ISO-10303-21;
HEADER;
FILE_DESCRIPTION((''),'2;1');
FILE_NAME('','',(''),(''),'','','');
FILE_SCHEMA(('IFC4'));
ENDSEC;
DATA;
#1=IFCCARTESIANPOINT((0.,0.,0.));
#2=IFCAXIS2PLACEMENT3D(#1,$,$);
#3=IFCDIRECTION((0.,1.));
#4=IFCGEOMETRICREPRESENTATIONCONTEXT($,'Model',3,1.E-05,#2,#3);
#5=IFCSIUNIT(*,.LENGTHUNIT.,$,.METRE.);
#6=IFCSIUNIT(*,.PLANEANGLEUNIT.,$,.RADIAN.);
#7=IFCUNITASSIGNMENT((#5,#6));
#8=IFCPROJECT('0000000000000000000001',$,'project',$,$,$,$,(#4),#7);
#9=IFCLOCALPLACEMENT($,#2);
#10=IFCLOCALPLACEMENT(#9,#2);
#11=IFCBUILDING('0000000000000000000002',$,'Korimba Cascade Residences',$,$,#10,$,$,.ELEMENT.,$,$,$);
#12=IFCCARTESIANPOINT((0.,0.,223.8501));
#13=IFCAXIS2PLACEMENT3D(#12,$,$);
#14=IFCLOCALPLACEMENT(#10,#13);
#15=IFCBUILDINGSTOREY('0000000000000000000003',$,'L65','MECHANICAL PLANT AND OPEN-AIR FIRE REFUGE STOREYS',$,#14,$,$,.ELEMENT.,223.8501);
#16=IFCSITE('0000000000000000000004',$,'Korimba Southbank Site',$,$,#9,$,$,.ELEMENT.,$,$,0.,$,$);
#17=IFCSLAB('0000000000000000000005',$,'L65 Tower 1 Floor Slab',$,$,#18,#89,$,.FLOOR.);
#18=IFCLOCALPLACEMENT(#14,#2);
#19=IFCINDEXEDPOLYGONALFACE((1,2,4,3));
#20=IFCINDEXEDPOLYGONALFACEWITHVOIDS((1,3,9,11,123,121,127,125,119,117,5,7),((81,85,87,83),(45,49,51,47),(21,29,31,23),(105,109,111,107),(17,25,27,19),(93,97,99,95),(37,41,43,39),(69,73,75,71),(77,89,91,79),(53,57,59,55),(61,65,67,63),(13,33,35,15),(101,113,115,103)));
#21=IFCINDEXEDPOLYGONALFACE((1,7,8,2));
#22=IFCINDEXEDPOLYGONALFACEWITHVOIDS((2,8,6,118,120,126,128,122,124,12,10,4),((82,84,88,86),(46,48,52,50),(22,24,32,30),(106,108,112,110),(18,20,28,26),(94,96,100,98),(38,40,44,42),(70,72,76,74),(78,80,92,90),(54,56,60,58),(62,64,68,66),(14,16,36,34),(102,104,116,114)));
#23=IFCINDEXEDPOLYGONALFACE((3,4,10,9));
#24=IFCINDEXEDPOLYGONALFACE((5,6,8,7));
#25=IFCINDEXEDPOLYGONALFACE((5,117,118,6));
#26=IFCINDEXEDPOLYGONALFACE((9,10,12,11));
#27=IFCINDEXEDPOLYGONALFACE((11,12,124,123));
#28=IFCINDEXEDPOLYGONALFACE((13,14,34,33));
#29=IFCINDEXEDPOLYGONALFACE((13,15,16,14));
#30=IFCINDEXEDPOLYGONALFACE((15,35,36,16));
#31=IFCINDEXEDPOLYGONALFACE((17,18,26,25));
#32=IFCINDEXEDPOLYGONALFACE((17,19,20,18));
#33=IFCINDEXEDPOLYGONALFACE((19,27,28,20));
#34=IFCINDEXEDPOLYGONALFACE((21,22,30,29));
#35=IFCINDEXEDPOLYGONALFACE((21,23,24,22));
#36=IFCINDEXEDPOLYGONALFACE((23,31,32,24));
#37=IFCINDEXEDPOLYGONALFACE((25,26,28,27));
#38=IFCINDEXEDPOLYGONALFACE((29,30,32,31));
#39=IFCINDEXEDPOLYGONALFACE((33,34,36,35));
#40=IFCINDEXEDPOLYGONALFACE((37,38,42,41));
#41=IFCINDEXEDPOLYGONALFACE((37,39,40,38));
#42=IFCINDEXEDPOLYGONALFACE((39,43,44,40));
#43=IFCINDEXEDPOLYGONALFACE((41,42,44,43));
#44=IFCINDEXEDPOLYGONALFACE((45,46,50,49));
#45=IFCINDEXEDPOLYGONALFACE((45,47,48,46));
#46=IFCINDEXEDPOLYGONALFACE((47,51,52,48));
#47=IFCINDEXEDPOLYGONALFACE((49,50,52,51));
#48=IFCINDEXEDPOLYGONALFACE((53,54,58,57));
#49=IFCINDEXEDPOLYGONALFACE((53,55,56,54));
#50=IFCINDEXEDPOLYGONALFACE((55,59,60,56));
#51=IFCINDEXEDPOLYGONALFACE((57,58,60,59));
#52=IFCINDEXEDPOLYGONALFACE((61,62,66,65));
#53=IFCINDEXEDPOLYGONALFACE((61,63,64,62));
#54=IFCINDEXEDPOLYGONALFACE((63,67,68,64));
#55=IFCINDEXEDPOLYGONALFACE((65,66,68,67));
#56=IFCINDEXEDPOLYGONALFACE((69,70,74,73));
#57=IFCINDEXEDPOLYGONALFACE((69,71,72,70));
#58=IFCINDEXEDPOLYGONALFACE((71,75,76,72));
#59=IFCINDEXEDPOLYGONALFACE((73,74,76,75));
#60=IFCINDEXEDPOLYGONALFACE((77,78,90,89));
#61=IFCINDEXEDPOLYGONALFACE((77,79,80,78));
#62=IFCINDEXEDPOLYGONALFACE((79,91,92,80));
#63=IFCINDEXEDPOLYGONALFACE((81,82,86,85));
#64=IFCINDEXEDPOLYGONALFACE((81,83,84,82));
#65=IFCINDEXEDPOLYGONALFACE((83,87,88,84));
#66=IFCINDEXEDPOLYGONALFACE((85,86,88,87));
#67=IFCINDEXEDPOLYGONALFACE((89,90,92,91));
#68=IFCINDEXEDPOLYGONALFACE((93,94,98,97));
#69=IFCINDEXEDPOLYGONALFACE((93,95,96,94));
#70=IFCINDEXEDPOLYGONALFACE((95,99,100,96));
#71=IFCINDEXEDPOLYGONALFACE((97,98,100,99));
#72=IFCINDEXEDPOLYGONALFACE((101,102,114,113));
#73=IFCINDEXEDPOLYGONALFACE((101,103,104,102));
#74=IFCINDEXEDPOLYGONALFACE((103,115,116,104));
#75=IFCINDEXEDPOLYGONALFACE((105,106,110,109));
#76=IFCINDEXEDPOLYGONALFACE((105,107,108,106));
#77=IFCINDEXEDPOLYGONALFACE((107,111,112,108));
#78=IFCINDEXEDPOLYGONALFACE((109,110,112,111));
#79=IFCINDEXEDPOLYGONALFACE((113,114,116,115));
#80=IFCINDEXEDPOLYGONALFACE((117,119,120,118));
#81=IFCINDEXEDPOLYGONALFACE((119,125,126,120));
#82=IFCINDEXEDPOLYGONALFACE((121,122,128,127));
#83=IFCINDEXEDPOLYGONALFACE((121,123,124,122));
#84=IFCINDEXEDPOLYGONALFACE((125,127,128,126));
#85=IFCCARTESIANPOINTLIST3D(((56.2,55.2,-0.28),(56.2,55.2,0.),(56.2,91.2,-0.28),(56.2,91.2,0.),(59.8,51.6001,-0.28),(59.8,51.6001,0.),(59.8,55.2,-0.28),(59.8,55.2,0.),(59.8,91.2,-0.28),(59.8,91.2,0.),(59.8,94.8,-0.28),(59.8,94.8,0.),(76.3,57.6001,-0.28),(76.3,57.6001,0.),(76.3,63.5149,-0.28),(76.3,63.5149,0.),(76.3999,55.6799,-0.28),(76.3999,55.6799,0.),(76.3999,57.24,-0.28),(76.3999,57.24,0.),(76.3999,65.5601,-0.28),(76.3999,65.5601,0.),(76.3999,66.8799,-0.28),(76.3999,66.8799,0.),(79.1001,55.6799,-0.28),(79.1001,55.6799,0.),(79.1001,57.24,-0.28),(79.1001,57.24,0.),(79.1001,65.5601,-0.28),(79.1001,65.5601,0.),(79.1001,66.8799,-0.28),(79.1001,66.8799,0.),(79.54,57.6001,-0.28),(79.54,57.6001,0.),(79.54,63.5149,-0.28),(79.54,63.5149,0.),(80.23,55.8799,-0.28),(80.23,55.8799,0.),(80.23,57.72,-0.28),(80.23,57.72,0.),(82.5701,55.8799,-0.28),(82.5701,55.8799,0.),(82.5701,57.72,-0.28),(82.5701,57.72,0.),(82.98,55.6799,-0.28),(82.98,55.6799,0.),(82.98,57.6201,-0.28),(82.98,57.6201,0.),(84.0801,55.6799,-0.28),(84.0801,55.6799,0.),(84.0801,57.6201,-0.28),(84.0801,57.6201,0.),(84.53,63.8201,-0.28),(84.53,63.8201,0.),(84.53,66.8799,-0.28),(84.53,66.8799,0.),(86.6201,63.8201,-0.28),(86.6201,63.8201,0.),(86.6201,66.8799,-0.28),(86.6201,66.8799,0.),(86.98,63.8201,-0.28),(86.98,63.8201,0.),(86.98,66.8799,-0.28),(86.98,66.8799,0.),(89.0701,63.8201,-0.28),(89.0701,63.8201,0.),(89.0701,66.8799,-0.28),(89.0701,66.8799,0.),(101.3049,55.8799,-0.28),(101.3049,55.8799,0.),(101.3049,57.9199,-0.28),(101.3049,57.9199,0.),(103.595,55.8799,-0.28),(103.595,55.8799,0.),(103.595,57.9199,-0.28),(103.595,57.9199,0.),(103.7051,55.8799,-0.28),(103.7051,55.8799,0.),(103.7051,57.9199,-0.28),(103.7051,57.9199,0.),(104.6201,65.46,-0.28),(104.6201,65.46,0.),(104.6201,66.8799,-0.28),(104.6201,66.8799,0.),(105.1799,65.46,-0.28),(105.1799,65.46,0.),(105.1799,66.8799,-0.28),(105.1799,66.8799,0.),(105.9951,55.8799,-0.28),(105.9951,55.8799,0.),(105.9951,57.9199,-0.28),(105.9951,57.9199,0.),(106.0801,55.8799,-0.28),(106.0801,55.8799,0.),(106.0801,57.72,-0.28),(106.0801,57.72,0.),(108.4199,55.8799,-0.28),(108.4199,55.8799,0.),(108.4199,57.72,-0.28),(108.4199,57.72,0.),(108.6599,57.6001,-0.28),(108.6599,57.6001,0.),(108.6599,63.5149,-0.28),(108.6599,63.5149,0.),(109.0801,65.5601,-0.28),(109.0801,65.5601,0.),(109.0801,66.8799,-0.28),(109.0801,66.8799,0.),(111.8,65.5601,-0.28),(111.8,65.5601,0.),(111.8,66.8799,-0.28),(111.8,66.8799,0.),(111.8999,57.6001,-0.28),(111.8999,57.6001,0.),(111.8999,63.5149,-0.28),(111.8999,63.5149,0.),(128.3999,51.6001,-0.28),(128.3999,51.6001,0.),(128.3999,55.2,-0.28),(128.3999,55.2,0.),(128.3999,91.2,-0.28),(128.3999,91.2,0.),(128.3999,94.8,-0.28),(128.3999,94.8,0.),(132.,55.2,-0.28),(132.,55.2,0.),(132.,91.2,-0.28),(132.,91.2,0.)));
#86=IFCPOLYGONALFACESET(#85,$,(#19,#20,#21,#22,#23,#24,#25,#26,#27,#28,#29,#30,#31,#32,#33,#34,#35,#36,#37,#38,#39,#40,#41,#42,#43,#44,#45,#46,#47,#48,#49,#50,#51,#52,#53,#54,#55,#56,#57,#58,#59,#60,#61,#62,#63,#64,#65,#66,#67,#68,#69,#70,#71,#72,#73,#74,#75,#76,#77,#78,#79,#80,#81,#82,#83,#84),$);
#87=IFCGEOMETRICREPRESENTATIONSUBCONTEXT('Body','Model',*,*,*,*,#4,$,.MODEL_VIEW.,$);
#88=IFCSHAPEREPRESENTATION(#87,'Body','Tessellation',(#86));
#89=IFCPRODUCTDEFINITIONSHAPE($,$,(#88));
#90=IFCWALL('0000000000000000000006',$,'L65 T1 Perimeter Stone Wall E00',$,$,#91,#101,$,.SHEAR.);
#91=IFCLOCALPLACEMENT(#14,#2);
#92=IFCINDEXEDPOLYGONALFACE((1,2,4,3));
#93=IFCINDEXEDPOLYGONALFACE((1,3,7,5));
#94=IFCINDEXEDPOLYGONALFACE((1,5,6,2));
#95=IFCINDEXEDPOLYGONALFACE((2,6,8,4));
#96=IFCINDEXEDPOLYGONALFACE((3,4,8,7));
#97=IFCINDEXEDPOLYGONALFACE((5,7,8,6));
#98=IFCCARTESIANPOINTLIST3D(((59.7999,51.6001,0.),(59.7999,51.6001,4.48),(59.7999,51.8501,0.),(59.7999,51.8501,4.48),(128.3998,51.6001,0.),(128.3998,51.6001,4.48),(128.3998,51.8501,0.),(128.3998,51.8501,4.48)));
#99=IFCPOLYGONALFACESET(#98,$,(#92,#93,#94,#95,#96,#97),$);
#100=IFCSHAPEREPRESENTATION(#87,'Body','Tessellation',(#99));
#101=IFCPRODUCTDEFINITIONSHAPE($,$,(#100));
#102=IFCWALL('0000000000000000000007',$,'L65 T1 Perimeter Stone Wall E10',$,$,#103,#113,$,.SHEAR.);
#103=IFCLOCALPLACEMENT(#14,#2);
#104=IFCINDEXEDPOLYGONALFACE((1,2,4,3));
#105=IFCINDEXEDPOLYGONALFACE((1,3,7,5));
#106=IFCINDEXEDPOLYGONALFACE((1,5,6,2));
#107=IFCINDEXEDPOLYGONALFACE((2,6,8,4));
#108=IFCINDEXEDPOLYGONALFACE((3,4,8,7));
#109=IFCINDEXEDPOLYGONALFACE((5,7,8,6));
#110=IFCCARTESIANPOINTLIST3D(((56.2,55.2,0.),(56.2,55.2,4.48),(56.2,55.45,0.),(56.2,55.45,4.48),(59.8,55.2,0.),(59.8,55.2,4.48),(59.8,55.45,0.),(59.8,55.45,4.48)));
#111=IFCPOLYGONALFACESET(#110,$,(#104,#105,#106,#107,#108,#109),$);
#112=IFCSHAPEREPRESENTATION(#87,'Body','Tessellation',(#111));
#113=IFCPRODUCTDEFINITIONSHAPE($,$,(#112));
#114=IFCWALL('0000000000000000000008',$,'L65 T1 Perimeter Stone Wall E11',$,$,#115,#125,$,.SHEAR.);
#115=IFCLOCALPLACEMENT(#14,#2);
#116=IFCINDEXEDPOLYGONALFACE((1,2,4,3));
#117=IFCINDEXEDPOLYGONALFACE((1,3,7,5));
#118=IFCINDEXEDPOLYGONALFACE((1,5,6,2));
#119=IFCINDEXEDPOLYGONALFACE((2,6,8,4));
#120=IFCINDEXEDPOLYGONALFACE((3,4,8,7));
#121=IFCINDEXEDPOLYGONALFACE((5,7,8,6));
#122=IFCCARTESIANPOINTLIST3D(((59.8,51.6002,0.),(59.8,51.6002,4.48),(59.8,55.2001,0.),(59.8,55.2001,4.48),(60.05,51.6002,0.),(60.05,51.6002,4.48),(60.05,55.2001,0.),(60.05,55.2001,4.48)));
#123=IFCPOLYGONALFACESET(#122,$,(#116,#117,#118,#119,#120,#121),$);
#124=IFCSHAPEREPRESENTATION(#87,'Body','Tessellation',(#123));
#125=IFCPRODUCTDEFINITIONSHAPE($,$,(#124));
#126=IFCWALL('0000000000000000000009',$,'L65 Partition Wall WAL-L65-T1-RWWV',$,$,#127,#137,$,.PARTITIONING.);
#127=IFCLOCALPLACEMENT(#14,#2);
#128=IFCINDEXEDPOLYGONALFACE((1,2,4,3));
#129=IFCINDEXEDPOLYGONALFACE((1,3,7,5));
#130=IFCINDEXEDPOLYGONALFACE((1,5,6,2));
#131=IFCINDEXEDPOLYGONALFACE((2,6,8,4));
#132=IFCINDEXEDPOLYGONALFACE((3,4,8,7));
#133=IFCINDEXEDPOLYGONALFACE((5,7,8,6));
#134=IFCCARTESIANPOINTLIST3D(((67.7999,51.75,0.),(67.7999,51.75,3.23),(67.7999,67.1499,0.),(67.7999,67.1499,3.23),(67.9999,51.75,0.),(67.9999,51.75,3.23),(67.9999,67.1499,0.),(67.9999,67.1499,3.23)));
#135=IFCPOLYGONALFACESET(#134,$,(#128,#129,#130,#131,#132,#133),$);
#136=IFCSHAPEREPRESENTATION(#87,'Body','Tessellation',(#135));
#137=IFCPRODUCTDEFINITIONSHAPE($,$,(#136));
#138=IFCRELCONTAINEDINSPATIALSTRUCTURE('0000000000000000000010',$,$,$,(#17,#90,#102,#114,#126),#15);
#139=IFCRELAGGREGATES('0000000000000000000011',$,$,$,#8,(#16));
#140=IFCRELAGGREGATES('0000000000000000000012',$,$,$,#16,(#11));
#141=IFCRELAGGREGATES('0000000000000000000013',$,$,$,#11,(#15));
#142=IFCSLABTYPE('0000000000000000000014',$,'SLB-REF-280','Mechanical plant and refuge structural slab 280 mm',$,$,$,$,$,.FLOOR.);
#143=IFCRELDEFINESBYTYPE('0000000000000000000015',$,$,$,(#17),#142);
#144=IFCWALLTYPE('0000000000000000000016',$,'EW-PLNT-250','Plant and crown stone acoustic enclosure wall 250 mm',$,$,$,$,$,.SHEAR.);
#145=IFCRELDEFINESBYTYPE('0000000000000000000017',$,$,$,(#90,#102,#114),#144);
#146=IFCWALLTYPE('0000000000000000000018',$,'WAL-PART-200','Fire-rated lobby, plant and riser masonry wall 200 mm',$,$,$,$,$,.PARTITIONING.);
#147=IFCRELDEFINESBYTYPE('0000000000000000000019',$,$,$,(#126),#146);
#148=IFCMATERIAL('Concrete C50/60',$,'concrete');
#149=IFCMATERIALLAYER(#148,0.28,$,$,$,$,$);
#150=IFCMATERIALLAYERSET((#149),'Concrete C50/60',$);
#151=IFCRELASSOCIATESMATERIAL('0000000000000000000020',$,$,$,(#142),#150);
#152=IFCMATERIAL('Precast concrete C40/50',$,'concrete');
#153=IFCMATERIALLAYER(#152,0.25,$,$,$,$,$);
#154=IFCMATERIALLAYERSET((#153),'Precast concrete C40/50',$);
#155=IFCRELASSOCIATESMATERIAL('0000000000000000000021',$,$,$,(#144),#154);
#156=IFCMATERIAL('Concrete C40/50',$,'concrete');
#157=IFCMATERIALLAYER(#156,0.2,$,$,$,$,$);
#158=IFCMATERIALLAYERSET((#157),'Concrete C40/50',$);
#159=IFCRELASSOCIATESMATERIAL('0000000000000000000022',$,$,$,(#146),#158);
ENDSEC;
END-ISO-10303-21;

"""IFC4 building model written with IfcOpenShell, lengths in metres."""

from ifc_helpers import new_model, si_unit, direction, frame, frame_2d, origin, place, context, subcontext, project, spatial, polyline, rectangle, outline, extrude, material, layer, layer_set, type_object, element, save


model = new_model("IFC4")

# Units and contexts
model_context = context("Model", 3, precision=1e-05, world=origin(), true_north=direction((0.0, 1.0)))
body_context = subcontext(model_context, "Body", "Model", "MODEL_VIEW")
ifc_project = project(units=[si_unit("LENGTHUNIT", "METRE"), si_unit("PLANEANGLEUNIT", "RADIAN")], contexts=[model_context])

# Site, building, storey
site_placement = place(None, origin())
site = spatial("IfcSite", under=ifc_project, at=site_placement, Name="Korimba Southbank Site", CompositionType="ELEMENT", RefElevation=0.0)
building_placement = place(site_placement, origin())
building = spatial("IfcBuilding", under=site, at=building_placement, Name="Korimba Cascade Residences", CompositionType="ELEMENT")
storey_placement = place(building_placement, frame((0.0, 0.0, 223.8501)))
storey = spatial("IfcBuildingStorey", under=building, at=storey_placement, Name="L65", Description="MECHANICAL PLANT AND OPEN-AIR FIRE REFUGE STOREYS", CompositionType="ELEMENT", Elevation=223.8501)

# Shared definitions
ifc_material_1 = material(Name="Concrete C50/60", Category="concrete")

# Slab
ifc_layer_1 = layer(ifc_material_1, 0.28)
ifc_layer_set_1 = layer_set([ifc_layer_1], Name="Concrete C50/60")
slab_type_1 = type_object("IfcSlabType", Name="SLB-REF-280", Description="Mechanical plant and refuge structural slab 280 mm", PredefinedType="FLOOR", material=ifc_layer_set_1)
slab_1_placement = place(storey_placement, frame((0.0, 0.0, -0.28)))
element("IfcSlab", 1, at=slab_1_placement, inside=storey, type_object=slab_type_1, Name="L65 Tower 1 Floor Slab", PredefinedType="FLOOR", context=body_context, shape_type="SweptSolid", body=[
    extrude(outline(polyline([(59.8, 51.6001), (128.3999, 51.6001), (128.3999, 55.2), (132.0, 55.2), (132.0, 91.2), (128.3999, 91.2), (128.3999, 94.8), (59.8, 94.8), (59.8, 91.2), (56.2, 91.2), (56.2, 55.2), (59.8, 55.2), (59.8, 51.6001)]), holes=[polyline([(76.3, 63.5149), (76.3, 57.6001), (79.54, 57.6001), (79.54, 63.5149), (76.3, 63.5149)]), polyline([(108.6599, 63.5149), (108.6599, 57.6001), (111.8999, 57.6001), (111.8999, 63.5149), (108.6599, 63.5149)]), polyline([(80.23, 55.8799), (82.5701, 55.8799), (82.5701, 57.72), (80.23, 57.72), (80.23, 55.8799)]), polyline([(106.0801, 55.8799), (108.4199, 55.8799), (108.4199, 57.72), (106.0801, 57.72), (106.0801, 55.8799)]), polyline([(101.3049, 55.8799), (103.595, 55.8799), (103.595, 57.9199), (101.3049, 57.9199), (101.3049, 55.8799)]), polyline([(103.7051, 55.8799), (105.9951, 55.8799), (105.9951, 57.9199), (103.7051, 57.9199), (103.7051, 55.8799)]), polyline([(82.98, 55.6799), (84.0801, 55.6799), (84.0801, 57.6201), (82.98, 57.6201), (82.98, 55.6799)]), polyline([(76.3999, 65.5601), (79.1001, 65.5601), (79.1001, 66.8799), (76.3999, 66.8799), (76.3999, 65.5601)]), polyline([(76.3999, 55.6799), (79.1001, 55.6799), (79.1001, 57.24), (76.3999, 57.24), (76.3999, 55.6799)]), polyline([(84.53, 63.8201), (86.6201, 63.8201), (86.6201, 66.8799), (84.53, 66.8799), (84.53, 63.8201)]), polyline([(86.98, 63.8201), (89.0701, 63.8201), (89.0701, 66.8799), (86.98, 66.8799), (86.98, 63.8201)]), polyline([(104.6201, 65.46), (105.1799, 65.46), (105.1799, 66.8799), (104.6201, 66.8799), (104.6201, 65.46)]), polyline([(109.0801, 65.5601), (111.8, 65.5601), (111.8, 66.8799), (109.0801, 66.8799), (109.0801, 65.5601)])]), origin(), (0.0, 0.0, 1.0), 0.28),
])

# Walls
ifc_material_2 = material(Name="Precast concrete C40/50", Category="concrete")
ifc_layer_2 = layer(ifc_material_2, 0.25)
ifc_layer_set_2 = layer_set([ifc_layer_2], Name="Precast concrete C40/50")
wall_type_1 = type_object("IfcWallType", Name="EW-PLNT-250", Description="Plant and crown stone acoustic enclosure wall 250 mm", PredefinedType="SHEAR", material=ifc_layer_set_2)
wall_1_placement = place(storey_placement, frame((59.8, 51.7251, 0.0), z_axis=(0.0, 0.0, 1.0), x_axis=(1.0, 0.0, 0.0)))
element("IfcWall", 2, at=wall_1_placement, inside=storey, type_object=wall_type_1, Name="L65 T1 Perimeter Stone Wall E00", PredefinedType="SHEAR", context=body_context, shape_type="SweptSolid", body=[
    extrude(rectangle(XDim=68.5999, YDim=0.25, at=frame_2d((34.2998, 0.0))), origin(), (0.0, 0.0, 1.0), 4.48),
])
wall_2_placement = place(storey_placement, frame((56.2, 55.325, 0.0), z_axis=(0.0, 0.0, 1.0), x_axis=(1.0, 0.0, 0.0)))
element("IfcWall", 3, at=wall_2_placement, inside=storey, type_object=wall_type_1, Name="L65 T1 Perimeter Stone Wall E10", PredefinedType="SHEAR", context=body_context, shape_type="SweptSolid", body=[
    extrude(rectangle(XDim=3.6001, YDim=0.25, at=frame_2d((1.8, 0.0))), origin(), (0.0, 0.0, 1.0), 4.48),
])
wall_3_placement = place(storey_placement, frame((59.925, 55.2, 0.0), z_axis=(0.0, 0.0, 1.0), x_axis=(0.0, -1.0, 0.0)))
element("IfcWall", 4, at=wall_3_placement, inside=storey, type_object=wall_type_1, Name="L65 T1 Perimeter Stone Wall E11", PredefinedType="SHEAR", context=body_context, shape_type="SweptSolid", body=[
    extrude(rectangle(XDim=3.5999, YDim=0.25, at=frame_2d((1.7998, 0.0))), origin(), (0.0, 0.0, 1.0), 4.48),
])
ifc_material_3 = material(Name="Concrete C40/50", Category="concrete")
ifc_layer_3 = layer(ifc_material_3, 0.2)
ifc_layer_set_3 = layer_set([ifc_layer_3], Name="Concrete C40/50")
wall_type_2 = type_object("IfcWallType", Name="WAL-PART-200", Description="Fire-rated lobby, plant and riser masonry wall 200 mm", PredefinedType="PARTITIONING", material=ifc_layer_set_3)
wall_4_placement = place(storey_placement, frame((67.8999, 51.75, 0.0), z_axis=(0.0, 0.0, 1.0), x_axis=(0.0, 1.0, 0.0)))
element("IfcWall", 5, at=wall_4_placement, inside=storey, type_object=wall_type_2, Name="L65 Partition Wall WAL-L65-T1-RWWV", PredefinedType="PARTITIONING", context=body_context, shape_type="SweptSolid", body=[
    extrude(rectangle(XDim=15.3999, YDim=0.2, at=frame_2d((7.7, 0.0))), origin(), (0.0, 0.0, 1.0), 3.23),
])

save(model, "model.ifc")
